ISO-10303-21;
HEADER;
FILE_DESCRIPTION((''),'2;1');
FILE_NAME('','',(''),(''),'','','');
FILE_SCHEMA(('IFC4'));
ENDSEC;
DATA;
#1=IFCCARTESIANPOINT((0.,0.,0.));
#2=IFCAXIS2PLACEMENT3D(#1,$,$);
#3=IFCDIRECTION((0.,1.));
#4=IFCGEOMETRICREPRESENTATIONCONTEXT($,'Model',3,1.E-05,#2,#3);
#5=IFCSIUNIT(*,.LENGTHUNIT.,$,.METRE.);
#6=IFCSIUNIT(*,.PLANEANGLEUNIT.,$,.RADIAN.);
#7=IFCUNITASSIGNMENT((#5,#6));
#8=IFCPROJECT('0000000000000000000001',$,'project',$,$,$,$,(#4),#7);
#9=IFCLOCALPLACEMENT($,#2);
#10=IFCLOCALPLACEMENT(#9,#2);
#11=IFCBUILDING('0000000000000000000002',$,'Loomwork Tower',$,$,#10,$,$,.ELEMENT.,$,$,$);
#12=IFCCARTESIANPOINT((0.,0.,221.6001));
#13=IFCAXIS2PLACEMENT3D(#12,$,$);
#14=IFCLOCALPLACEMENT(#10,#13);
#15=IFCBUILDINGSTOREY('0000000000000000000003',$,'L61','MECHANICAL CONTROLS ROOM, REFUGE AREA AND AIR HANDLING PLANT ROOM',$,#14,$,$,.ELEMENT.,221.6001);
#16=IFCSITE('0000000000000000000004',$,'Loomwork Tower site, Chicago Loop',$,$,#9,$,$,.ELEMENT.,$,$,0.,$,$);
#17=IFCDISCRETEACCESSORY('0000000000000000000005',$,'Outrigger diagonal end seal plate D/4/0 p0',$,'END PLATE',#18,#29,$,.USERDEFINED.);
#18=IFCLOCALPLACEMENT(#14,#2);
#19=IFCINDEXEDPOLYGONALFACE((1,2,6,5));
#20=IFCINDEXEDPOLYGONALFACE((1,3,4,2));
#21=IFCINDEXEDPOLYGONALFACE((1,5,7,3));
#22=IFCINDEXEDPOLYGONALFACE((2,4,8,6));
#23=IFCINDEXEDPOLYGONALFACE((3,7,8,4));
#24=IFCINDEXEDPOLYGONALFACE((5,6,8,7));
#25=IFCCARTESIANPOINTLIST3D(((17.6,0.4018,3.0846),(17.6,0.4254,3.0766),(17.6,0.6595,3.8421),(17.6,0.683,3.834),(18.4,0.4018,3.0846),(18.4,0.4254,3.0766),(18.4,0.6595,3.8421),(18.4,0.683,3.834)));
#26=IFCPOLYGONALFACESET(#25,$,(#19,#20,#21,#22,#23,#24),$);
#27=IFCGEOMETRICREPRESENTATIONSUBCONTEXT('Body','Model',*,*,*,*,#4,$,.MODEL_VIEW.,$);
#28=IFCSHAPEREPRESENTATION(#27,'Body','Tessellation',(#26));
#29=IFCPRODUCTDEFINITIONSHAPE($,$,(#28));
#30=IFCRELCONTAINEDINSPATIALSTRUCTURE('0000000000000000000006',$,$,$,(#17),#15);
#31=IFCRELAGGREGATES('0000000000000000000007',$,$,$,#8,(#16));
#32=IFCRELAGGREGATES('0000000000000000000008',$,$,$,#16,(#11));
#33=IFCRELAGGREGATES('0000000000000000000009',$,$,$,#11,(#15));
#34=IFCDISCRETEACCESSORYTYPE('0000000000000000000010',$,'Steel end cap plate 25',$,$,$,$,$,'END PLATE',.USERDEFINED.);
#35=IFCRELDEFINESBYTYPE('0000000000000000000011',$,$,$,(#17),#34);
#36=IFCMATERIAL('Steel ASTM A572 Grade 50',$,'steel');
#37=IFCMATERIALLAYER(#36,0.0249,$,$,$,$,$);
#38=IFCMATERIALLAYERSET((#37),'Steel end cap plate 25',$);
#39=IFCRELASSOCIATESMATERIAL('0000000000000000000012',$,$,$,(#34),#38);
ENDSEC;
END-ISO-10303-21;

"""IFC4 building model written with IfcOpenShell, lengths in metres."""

from ifc_helpers import new_model, si_unit, direction, frame, origin, origin_2d, place, context, subcontext, project, spatial, rectangle, extrude, material, layer, layer_set, type_object, element, save


model = new_model("IFC4")

# Units and contexts
model_context = context("Model", 3, precision=1e-05, world=origin(), true_north=direction((0.0, 1.0)))
body_context = subcontext(model_context, "Body", "Model", "MODEL_VIEW")
ifc_project = project(units=[si_unit("LENGTHUNIT", "METRE"), si_unit("PLANEANGLEUNIT", "RADIAN")], contexts=[model_context])

# Site, building, storey
site_placement = place(None, origin())
site = spatial("IfcSite", under=ifc_project, at=site_placement, Name="Loomwork Tower site, Chicago Loop", CompositionType="ELEMENT", RefElevation=0.0)
building_placement = place(site_placement, origin())
building = spatial("IfcBuilding", under=site, at=building_placement, Name="Loomwork Tower", CompositionType="ELEMENT")
storey_placement = place(building_placement, frame((0.0, 0.0, 221.6001)))
storey = spatial("IfcBuildingStorey", under=building, at=storey_placement, Name="L61", Description="MECHANICAL CONTROLS ROOM, REFUGE AREA AND AIR HANDLING PLANT ROOM", CompositionType="ELEMENT", Elevation=221.6001)

# Discrete accessory
ifc_material_1 = material(Name="Steel ASTM A572 Grade 50", Category="steel")
ifc_layer_1 = layer(ifc_material_1, 0.0249)
ifc_layer_set_1 = layer_set([ifc_layer_1], Name="Steel end cap plate 25")
discrete_accessory_type = type_object("IfcDiscreteAccessoryType", Name="Steel end cap plate 25", ElementType="END PLATE", PredefinedType="USERDEFINED", material=ifc_layer_set_1)
discrete_accessory_placement = place(storey_placement, frame((18.0, 0.5542, 3.4553), z_axis=(0.0, -0.946713, 0.322078), x_axis=(1.0, 0.0, 0.0)))
element("IfcDiscreteAccessory", 1, at=discrete_accessory_placement, inside=storey, type_object=discrete_accessory_type, Name="Outrigger diagonal end seal plate D/4/0 p0", ObjectType="END PLATE", PredefinedType="USERDEFINED", context=body_context, shape_type="SweptSolid", body=[
    extrude(rectangle(XDim=0.8, YDim=0.8, at=origin_2d()), origin(), (0.0, 0.0, 1.0), 0.0249),
])

save(model, "model.ifc")
